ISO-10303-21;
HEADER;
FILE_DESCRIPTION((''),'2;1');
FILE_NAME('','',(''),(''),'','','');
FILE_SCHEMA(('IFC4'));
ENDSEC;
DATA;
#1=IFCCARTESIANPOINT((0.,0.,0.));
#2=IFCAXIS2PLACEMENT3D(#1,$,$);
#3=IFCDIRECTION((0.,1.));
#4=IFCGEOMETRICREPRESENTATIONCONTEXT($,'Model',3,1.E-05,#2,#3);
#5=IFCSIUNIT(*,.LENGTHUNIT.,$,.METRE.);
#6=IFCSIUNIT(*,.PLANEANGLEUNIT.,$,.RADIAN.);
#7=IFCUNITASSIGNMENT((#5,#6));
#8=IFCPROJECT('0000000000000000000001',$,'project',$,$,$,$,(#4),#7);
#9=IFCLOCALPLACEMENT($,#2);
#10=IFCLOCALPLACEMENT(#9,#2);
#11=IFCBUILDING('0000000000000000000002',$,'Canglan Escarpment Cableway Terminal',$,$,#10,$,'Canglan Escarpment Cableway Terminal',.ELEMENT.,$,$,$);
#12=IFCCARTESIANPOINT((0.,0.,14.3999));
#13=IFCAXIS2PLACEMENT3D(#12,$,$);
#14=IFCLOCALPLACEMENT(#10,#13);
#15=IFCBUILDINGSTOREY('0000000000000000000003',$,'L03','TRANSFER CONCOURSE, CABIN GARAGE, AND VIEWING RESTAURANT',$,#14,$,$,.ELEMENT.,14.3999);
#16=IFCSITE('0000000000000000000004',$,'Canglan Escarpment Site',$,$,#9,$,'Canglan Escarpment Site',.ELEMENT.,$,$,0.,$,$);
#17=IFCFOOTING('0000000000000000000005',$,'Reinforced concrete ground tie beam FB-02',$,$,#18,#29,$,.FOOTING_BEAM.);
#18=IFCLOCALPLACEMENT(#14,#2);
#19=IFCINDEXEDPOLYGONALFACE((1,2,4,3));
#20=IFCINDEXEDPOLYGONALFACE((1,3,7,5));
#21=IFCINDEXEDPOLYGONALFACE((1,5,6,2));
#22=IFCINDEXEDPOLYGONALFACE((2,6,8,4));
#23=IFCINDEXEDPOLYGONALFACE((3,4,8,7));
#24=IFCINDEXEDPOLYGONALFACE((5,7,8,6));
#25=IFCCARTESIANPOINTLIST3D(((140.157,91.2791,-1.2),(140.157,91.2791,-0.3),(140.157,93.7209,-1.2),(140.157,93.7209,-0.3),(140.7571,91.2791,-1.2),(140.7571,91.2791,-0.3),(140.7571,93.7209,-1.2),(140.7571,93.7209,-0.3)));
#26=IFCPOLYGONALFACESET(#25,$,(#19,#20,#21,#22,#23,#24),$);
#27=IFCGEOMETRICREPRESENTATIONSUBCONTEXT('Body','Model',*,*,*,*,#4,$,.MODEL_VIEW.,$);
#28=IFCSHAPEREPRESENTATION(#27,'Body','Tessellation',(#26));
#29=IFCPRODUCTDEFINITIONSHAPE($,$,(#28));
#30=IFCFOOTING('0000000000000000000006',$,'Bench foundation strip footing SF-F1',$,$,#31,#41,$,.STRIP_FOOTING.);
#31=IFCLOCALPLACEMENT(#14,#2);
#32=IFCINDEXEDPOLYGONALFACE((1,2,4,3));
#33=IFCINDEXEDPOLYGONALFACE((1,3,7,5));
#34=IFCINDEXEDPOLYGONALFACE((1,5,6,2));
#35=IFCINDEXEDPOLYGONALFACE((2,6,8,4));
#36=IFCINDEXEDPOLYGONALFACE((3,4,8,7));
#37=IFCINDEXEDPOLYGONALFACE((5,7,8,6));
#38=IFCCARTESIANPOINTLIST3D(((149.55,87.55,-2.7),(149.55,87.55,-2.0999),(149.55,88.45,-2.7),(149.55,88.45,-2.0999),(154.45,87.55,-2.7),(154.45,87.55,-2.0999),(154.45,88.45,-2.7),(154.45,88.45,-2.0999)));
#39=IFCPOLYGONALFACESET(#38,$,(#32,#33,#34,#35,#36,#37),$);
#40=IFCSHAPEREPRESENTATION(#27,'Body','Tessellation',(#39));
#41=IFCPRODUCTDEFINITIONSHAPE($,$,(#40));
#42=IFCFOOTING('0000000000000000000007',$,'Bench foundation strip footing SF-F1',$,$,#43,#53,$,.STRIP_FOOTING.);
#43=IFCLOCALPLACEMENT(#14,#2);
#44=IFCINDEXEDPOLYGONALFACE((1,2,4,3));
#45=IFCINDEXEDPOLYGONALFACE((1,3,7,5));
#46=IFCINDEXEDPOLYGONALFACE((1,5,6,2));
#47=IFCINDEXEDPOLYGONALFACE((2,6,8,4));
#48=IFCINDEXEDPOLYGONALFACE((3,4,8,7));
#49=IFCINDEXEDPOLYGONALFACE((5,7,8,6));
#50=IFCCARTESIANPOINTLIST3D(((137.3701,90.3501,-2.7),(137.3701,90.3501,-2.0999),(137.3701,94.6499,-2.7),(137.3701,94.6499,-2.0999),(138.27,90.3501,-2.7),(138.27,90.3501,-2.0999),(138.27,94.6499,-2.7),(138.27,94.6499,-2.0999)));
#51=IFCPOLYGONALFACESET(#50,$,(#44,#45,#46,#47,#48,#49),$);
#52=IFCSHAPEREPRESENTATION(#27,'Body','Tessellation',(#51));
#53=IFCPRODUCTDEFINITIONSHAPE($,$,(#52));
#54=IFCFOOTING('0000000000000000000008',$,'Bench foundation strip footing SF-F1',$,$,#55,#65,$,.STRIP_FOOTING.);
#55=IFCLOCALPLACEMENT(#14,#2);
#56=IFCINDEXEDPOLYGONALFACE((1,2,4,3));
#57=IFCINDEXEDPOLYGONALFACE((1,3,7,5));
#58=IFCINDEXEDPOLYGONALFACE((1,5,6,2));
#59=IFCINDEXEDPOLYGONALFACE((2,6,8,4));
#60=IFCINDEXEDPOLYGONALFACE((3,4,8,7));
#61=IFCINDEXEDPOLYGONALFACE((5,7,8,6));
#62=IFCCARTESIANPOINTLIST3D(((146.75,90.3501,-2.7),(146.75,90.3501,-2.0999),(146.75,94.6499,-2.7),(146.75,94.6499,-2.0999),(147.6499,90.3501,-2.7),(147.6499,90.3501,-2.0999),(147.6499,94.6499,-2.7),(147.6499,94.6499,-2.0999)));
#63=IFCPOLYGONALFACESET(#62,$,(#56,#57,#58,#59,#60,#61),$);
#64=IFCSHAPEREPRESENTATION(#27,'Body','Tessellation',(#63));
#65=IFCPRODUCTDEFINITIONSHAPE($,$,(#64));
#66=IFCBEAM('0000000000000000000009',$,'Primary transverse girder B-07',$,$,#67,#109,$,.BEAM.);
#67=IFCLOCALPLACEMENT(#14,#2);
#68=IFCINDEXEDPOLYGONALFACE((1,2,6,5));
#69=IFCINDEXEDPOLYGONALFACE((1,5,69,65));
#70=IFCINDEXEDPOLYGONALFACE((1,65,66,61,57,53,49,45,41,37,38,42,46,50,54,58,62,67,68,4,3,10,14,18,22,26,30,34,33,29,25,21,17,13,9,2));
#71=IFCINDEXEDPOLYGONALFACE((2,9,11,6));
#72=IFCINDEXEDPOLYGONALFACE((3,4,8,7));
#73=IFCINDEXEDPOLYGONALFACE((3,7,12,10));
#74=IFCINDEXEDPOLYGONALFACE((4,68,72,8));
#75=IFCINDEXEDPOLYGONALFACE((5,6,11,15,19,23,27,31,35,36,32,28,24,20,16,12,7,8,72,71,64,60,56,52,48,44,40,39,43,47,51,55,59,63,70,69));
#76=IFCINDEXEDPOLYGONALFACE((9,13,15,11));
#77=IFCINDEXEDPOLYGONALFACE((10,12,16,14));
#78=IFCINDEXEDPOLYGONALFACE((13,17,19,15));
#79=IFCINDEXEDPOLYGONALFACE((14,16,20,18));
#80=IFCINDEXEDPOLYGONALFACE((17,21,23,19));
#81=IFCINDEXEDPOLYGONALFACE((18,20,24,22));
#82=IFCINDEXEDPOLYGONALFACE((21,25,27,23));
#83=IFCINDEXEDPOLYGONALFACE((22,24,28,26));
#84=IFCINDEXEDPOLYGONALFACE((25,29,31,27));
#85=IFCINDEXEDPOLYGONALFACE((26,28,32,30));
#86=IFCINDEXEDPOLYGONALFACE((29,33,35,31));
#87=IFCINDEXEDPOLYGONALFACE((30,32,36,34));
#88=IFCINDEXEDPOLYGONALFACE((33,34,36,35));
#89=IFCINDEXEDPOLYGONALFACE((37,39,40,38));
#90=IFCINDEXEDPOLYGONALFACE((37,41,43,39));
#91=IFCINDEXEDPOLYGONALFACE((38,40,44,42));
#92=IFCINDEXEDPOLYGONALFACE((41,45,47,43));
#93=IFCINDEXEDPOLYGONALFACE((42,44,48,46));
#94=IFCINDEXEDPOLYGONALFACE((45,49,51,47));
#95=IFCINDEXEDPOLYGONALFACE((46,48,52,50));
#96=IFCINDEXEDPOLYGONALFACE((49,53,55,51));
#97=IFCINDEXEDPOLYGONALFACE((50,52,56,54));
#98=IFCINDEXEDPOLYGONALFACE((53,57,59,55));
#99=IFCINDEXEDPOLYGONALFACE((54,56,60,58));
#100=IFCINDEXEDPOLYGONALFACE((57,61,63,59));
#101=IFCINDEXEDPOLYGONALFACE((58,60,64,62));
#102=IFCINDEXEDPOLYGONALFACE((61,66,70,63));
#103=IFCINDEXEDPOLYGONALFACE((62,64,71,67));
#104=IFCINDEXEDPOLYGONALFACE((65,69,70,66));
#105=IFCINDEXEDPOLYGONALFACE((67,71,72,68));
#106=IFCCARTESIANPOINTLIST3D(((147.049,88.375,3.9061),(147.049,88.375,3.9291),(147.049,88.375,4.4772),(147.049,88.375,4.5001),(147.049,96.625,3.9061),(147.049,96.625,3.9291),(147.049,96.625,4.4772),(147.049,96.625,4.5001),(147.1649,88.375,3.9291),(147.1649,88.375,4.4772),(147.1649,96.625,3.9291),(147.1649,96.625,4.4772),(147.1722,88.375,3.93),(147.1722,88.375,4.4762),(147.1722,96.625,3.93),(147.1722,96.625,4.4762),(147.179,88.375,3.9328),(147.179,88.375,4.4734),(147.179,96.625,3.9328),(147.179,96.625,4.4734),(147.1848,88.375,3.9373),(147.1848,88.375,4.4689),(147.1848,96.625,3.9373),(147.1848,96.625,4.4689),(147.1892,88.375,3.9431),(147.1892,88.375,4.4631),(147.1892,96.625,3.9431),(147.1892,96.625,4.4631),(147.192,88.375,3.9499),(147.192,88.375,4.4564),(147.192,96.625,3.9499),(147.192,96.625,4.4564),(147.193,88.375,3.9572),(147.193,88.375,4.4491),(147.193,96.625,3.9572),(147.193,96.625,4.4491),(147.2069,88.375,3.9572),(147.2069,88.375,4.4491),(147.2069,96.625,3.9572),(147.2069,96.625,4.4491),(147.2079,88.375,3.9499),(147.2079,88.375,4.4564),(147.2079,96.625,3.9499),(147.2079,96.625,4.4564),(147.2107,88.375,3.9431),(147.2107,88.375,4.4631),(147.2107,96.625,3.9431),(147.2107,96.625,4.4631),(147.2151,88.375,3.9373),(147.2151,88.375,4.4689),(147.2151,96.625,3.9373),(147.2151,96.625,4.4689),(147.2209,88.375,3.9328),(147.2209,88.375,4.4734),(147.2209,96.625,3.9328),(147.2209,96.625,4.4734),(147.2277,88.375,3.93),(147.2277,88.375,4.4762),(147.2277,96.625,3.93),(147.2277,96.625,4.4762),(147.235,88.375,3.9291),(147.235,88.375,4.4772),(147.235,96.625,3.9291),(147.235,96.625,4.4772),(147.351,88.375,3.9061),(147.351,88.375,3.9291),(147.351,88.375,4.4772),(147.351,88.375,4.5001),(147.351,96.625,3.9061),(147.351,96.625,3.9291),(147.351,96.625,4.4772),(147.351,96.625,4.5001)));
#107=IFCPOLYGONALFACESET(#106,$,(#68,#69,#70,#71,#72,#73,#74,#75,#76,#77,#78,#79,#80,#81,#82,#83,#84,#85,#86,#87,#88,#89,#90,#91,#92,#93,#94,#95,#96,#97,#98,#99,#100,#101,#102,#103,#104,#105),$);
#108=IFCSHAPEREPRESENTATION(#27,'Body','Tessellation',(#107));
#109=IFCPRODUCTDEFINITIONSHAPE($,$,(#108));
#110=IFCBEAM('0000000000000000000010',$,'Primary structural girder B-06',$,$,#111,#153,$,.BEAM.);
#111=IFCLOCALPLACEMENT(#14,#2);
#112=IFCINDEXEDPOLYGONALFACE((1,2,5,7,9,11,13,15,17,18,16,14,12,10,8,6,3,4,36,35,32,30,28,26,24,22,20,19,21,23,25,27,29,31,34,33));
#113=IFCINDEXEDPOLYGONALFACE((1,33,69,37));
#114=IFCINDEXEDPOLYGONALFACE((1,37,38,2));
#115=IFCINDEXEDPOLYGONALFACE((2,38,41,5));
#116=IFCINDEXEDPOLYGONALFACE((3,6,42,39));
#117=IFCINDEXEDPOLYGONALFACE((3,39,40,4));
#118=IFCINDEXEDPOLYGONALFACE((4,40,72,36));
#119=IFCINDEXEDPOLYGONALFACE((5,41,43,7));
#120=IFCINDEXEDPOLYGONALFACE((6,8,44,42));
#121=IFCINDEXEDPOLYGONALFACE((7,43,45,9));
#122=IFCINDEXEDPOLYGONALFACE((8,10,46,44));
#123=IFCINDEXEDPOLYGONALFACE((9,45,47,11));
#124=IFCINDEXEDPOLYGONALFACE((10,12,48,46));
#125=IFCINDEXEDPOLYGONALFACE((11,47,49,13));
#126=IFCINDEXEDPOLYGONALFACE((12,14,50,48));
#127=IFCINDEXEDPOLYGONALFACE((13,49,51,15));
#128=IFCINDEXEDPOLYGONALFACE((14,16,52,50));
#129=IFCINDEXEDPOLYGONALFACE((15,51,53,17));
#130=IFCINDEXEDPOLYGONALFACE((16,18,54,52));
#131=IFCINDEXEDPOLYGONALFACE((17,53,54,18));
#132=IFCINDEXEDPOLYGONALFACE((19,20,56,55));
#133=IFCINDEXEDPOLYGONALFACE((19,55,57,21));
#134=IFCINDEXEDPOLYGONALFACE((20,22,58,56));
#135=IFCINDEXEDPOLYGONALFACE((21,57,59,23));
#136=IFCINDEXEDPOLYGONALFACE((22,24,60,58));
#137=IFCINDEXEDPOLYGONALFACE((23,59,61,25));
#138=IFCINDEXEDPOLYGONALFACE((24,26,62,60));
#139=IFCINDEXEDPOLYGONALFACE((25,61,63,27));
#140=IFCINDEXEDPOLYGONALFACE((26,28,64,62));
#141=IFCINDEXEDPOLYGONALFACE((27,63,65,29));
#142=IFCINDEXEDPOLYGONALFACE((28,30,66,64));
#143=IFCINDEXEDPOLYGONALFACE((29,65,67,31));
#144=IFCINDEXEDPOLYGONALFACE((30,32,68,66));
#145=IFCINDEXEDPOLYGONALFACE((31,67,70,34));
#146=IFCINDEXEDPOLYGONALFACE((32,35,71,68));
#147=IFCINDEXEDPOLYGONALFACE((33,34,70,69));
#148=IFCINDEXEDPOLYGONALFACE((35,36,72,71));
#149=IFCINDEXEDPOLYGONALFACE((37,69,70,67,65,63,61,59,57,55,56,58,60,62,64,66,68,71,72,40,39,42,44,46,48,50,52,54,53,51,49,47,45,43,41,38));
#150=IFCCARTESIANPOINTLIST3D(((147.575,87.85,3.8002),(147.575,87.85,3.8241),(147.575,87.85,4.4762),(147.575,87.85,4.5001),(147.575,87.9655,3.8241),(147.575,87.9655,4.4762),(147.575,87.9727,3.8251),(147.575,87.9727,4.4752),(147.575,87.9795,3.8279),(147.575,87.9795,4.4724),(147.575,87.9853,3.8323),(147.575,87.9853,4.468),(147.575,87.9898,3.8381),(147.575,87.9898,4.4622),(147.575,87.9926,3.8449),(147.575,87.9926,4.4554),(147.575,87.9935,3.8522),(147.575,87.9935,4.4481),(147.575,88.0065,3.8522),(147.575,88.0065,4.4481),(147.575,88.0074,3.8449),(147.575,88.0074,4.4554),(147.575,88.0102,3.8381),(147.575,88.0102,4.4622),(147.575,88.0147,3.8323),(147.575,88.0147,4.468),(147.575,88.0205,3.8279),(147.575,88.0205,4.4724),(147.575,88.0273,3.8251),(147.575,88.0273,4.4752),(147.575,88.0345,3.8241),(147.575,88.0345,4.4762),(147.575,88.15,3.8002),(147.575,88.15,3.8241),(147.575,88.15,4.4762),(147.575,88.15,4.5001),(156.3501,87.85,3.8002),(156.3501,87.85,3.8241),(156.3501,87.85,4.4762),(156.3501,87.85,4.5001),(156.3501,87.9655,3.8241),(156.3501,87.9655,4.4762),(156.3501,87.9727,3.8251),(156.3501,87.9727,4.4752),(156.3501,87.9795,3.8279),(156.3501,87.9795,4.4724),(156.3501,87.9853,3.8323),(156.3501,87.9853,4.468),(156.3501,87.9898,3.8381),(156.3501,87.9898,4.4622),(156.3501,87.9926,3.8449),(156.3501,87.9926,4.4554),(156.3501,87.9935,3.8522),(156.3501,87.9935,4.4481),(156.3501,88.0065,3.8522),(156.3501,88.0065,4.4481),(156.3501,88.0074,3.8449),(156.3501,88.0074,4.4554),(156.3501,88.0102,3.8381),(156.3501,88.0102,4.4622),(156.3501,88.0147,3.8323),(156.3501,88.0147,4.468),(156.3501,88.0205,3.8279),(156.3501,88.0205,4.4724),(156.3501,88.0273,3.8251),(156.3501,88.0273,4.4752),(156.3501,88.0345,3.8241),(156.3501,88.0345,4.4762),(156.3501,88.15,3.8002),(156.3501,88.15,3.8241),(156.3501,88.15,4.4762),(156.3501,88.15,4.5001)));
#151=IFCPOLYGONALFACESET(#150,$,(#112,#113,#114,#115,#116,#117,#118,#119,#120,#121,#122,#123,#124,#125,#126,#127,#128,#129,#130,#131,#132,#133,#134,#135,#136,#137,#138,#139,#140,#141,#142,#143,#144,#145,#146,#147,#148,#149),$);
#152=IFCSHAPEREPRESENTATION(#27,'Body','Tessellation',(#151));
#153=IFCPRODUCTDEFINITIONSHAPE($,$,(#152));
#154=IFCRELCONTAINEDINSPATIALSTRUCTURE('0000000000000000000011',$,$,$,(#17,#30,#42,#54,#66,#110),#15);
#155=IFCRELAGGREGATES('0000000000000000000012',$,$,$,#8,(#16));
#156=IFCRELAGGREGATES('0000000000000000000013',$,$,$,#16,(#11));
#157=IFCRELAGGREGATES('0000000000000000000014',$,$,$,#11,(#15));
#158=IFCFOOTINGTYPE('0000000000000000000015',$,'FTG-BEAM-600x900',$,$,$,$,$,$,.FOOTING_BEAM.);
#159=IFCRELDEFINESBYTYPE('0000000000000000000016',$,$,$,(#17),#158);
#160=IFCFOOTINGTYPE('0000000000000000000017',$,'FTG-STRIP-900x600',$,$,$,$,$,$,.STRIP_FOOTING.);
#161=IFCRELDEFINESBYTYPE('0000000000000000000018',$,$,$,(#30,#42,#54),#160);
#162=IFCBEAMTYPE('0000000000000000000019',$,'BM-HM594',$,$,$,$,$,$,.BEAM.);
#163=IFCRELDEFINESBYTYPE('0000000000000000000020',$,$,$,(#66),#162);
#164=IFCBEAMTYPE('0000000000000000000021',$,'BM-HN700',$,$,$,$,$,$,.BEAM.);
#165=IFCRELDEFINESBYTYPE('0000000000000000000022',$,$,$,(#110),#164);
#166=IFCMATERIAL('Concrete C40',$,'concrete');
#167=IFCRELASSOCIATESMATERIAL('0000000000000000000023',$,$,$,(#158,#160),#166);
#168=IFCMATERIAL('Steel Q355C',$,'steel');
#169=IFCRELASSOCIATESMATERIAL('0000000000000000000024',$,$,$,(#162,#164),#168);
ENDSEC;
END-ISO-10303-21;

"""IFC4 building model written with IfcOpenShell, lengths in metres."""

from ifc_helpers import new_model, si_unit, direction, frame, origin, origin_2d, place, context, subcontext, project, spatial, rectangle, i_section, extrude, material, material_profile, profile_set, type_object, element, save


model = new_model("IFC4")

# Units and contexts
model_context = context("Model", 3, precision=1e-05, world=origin(), true_north=direction((0.0, 1.0)))
body_context = subcontext(model_context, "Body", "Model", "MODEL_VIEW")
ifc_project = project(units=[si_unit("LENGTHUNIT", "METRE"), si_unit("PLANEANGLEUNIT", "RADIAN")], contexts=[model_context])

# Site, building, storey
site_placement = place(None, origin())
site = spatial("IfcSite", under=ifc_project, at=site_placement, Name="Canglan Escarpment Site", LongName="Canglan Escarpment Site", CompositionType="ELEMENT", RefElevation=0.0)
building_placement = place(site_placement, origin())
building = spatial("IfcBuilding", under=site, at=building_placement, Name="Canglan Escarpment Cableway Terminal", LongName="Canglan Escarpment Cableway Terminal", CompositionType="ELEMENT")
storey_placement = place(building_placement, frame((0.0, 0.0, 14.3999)))
storey = spatial("IfcBuildingStorey", under=building, at=storey_placement, Name="L03", Description="TRANSFER CONCOURSE, CABIN GARAGE, AND VIEWING RESTAURANT", CompositionType="ELEMENT", Elevation=14.3999)

# Footings
ifc_material_1 = material(Name="Concrete C40", Category="concrete")
ifc_material_profile_1 = material_profile(ifc_material_1, rectangle(XDim=0.6001, YDim=0.8999, at=origin_2d()), Name="FB 600x900")
ifc_profile_set_1 = profile_set([ifc_material_profile_1], Name="Concrete C40")
footing_type_1 = type_object("IfcFootingType", Name="FTG-BEAM-600x900", PredefinedType="FOOTING_BEAM", material=ifc_profile_set_1)
footing_1_placement = place(storey_placement, frame((140.457, 91.2791, -0.75), z_axis=(0.0, 1.0, 0.0), x_axis=(-1.0, 0.0, 0.0)))
element("IfcFooting", 1, at=footing_1_placement, inside=storey, type_object=footing_type_1, Name="Reinforced concrete ground tie beam FB-02", PredefinedType="FOOTING_BEAM", context=body_context, shape_type="SweptSolid", body=[
    extrude(rectangle(XDim=0.6001, YDim=0.8999, at=origin_2d()), origin(), (0.0, 0.0, 1.0), 2.4419),
])
ifc_material_profile_2 = material_profile(ifc_material_1, rectangle(XDim=0.8999, YDim=0.6001, at=origin_2d()), Name="SF 900x600")
ifc_profile_set_2 = profile_set([ifc_material_profile_2], Name="Concrete C40")
footing_type_2 = type_object("IfcFootingType", Name="FTG-STRIP-900x600", PredefinedType="STRIP_FOOTING", material=ifc_profile_set_2)
footing_2_placement = place(storey_placement, frame((149.55, 88.0, -2.3999), z_axis=(1.0, 0.0, 0.0), x_axis=(0.0, 1.0, 0.0)))
element("IfcFooting", 2, at=footing_2_placement, inside=storey, type_object=footing_type_2, Name="Bench foundation strip footing SF-F1", PredefinedType="STRIP_FOOTING", context=body_context, shape_type="SweptSolid", body=[
    extrude(rectangle(XDim=0.8999, YDim=0.6001, at=origin_2d()), origin(), (0.0, 0.0, 1.0), 4.8999),
])
for number, where, z_axis, x_axis, name in (
    (3, (137.8201, 90.3501, -2.3999), (0.0, 1.0, 0.0), (-1.0, 0.0, 0.0), "Bench foundation strip footing SF-F1"),
    (4, (147.2, 90.3501, -2.3999), (0.0, 1.0, 0.0), (-1.0, 0.0, 0.0), "Bench foundation strip footing SF-F1"),
):
    element("IfcFooting", number, at=place(storey_placement, frame(where, z_axis=z_axis, x_axis=x_axis)), inside=storey, type_object=footing_type_2, Name=name, PredefinedType="STRIP_FOOTING", context=body_context, shape_type="SweptSolid", body=[
        extrude(rectangle(XDim=0.8999, YDim=0.6001, at=origin_2d()), origin(), (0.0, 0.0, 1.0), 4.2998),
    ])

# Beams
ifc_material_2 = material(Name="Steel Q355C", Category="steel")
ifc_material_profile_3 = material_profile(ifc_material_2, i_section(OverallWidth=0.302, OverallDepth=0.594, WebThickness=0.0139, FlangeThickness=0.0229, FilletRadius=0.0281, at=origin_2d()), Name="HM 594x302x14x23")
ifc_profile_set_3 = profile_set([ifc_material_profile_3], Name="Steel Q355C")
beam_type_1 = type_object("IfcBeamType", Name="BM-HM594", PredefinedType="BEAM", material=ifc_profile_set_3)
beam_1_placement = place(storey_placement, frame((147.2, 88.375, 4.2031), z_axis=(0.0, 1.0, 0.0), x_axis=(-1.0, 0.0, 0.0)))
element("IfcBeam", 5, at=beam_1_placement, inside=storey, type_object=beam_type_1, Name="Primary transverse girder B-07", PredefinedType="BEAM", context=body_context, shape_type="SweptSolid", body=[
    extrude(i_section(OverallWidth=0.302, OverallDepth=0.594, WebThickness=0.0139, FlangeThickness=0.0229, FilletRadius=0.0281, at=origin_2d()), origin(), (0.0, 0.0, 1.0), 8.25),
])
ifc_material_profile_4 = material_profile(ifc_material_2, i_section(OverallWidth=0.3, OverallDepth=0.7, WebThickness=0.0129, FlangeThickness=0.0239, FilletRadius=0.0281, at=origin_2d()), Name="HN 700x300x13x24")
ifc_profile_set_4 = profile_set([ifc_material_profile_4], Name="Steel Q355C")
beam_type_2 = type_object("IfcBeamType", Name="BM-HN700", PredefinedType="BEAM", material=ifc_profile_set_4)
beam_2_placement = place(storey_placement, frame((147.575, 88.0, 4.1501), z_axis=(1.0, 0.0, 0.0), x_axis=(0.0, 1.0, 0.0)))
element("IfcBeam", 6, at=beam_2_placement, inside=storey, type_object=beam_type_2, Name="Primary structural girder B-06", PredefinedType="BEAM", context=body_context, shape_type="SweptSolid", body=[
    extrude(i_section(OverallWidth=0.3, OverallDepth=0.7, WebThickness=0.0129, FlangeThickness=0.0239, FilletRadius=0.0281, at=origin_2d()), origin(), (0.0, 0.0, 1.0), 8.7751),
])

save(model, "model.ifc")
